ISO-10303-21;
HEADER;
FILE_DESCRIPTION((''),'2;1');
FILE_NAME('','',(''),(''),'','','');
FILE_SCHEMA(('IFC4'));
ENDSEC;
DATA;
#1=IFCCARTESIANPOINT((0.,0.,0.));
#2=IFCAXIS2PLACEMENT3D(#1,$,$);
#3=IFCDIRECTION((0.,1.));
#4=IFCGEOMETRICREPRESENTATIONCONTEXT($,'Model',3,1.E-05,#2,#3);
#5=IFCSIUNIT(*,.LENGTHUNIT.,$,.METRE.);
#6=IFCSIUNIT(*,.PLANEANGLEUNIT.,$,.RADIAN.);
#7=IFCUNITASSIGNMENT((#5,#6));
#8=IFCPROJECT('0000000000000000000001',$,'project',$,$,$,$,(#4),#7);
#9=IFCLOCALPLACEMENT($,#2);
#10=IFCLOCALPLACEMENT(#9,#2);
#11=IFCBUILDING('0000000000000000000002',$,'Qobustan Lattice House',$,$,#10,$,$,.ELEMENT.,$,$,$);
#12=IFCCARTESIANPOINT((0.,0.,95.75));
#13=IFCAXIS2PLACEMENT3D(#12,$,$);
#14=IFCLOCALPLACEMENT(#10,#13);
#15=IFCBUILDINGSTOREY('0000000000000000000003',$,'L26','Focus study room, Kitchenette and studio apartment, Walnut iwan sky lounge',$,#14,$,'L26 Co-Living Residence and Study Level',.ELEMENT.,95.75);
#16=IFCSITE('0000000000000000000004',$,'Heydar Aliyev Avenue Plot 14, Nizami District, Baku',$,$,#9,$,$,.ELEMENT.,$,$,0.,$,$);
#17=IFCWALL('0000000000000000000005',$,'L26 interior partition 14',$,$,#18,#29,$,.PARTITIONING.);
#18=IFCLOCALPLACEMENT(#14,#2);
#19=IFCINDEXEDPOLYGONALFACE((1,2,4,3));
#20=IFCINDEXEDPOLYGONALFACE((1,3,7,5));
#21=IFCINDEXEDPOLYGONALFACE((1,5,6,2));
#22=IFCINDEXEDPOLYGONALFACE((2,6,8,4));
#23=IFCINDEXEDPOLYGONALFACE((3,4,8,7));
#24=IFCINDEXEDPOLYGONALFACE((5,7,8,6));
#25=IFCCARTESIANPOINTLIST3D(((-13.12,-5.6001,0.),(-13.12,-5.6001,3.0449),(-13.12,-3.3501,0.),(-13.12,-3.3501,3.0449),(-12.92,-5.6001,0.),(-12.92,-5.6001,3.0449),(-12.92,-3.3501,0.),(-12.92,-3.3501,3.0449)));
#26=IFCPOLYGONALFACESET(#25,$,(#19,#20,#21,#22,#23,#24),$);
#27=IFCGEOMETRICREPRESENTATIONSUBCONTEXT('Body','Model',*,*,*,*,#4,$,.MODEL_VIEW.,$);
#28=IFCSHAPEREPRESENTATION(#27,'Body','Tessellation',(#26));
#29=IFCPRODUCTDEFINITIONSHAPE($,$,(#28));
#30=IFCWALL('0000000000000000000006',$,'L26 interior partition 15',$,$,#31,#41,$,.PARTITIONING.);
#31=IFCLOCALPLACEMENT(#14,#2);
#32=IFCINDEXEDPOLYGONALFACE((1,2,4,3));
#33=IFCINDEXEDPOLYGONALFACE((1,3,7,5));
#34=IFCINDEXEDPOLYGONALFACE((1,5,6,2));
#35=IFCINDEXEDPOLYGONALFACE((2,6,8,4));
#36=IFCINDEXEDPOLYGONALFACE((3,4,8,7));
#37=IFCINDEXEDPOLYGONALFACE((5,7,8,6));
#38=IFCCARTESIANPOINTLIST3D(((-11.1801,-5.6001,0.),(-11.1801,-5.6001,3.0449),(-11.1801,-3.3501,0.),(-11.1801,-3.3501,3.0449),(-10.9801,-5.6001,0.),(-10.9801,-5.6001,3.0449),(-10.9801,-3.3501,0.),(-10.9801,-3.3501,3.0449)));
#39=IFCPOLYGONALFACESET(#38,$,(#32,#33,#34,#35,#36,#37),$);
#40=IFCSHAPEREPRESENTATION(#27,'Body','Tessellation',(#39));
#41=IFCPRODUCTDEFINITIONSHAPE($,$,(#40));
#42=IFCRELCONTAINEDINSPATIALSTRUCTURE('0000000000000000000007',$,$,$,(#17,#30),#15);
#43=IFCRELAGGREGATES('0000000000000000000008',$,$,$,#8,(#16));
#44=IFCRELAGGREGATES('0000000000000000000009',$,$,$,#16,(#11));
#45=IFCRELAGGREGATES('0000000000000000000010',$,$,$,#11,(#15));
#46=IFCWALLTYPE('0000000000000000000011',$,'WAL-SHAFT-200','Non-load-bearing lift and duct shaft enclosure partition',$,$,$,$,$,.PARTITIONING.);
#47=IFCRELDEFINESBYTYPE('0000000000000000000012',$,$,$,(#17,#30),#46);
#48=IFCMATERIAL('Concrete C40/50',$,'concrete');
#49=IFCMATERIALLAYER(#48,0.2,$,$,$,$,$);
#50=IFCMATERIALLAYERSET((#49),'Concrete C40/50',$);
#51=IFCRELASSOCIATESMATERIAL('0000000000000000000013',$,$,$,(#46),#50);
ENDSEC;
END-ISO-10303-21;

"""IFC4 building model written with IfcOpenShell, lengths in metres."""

from ifc_helpers import new_model, si_unit, direction, frame, frame_2d, origin, place, context, subcontext, project, spatial, rectangle, extrude, material, layer, layer_set, type_object, element, save


model = new_model("IFC4")

# Units and contexts
model_context = context("Model", 3, precision=1e-05, world=origin(), true_north=direction((0.0, 1.0)))
body_context = subcontext(model_context, "Body", "Model", "MODEL_VIEW")
ifc_project = project(units=[si_unit("LENGTHUNIT", "METRE"), si_unit("PLANEANGLEUNIT", "RADIAN")], contexts=[model_context])

# Site, building, storey
site_placement = place(None, origin())
site = spatial("IfcSite", under=ifc_project, at=site_placement, Name="Heydar Aliyev Avenue Plot 14, Nizami District, Baku", CompositionType="ELEMENT", RefElevation=0.0)
building_placement = place(site_placement, origin())
building = spatial("IfcBuilding", under=site, at=building_placement, Name="Qobustan Lattice House", CompositionType="ELEMENT")
storey_placement = place(building_placement, frame((0.0, 0.0, 95.75)))
storey = spatial("IfcBuildingStorey", under=building, at=storey_placement, Name="L26", Description="Focus study room, Kitchenette and studio apartment, Walnut iwan sky lounge", LongName="L26 Co-Living Residence and Study Level", CompositionType="ELEMENT", Elevation=95.75)

# Walls
ifc_material_1 = material(Name="Concrete C40/50", Category="concrete")
ifc_layer_1 = layer(ifc_material_1, 0.2)
ifc_layer_set_1 = layer_set([ifc_layer_1], Name="Concrete C40/50")
wall_type_1 = type_object("IfcWallType", Name="WAL-SHAFT-200", Description="Non-load-bearing lift and duct shaft enclosure partition", PredefinedType="PARTITIONING", material=ifc_layer_set_1)
for number, where, z_axis, x_axis, name in (
    (1, (-13.02, -5.6001, 0.0), (0.0, 0.0, 1.0), (0.0, 1.0, 0.0), "L26 interior partition 14"),
    (2, (-11.0801, -5.6001, 0.0), (0.0, 0.0, 1.0), (0.0, 1.0, 0.0), "L26 interior partition 15"),
):
    element("IfcWall", number, at=place(storey_placement, frame(where, z_axis=z_axis, x_axis=x_axis)), inside=storey, type_object=wall_type_1, Name=name, PredefinedType="PARTITIONING", context=body_context, shape_type="SweptSolid", body=[
        extrude(rectangle(XDim=2.25, YDim=0.2, at=frame_2d((1.125, 0.0))), origin(), (0.0, 0.0, 1.0), 3.0449),
    ])

save(model, "model.ifc")
